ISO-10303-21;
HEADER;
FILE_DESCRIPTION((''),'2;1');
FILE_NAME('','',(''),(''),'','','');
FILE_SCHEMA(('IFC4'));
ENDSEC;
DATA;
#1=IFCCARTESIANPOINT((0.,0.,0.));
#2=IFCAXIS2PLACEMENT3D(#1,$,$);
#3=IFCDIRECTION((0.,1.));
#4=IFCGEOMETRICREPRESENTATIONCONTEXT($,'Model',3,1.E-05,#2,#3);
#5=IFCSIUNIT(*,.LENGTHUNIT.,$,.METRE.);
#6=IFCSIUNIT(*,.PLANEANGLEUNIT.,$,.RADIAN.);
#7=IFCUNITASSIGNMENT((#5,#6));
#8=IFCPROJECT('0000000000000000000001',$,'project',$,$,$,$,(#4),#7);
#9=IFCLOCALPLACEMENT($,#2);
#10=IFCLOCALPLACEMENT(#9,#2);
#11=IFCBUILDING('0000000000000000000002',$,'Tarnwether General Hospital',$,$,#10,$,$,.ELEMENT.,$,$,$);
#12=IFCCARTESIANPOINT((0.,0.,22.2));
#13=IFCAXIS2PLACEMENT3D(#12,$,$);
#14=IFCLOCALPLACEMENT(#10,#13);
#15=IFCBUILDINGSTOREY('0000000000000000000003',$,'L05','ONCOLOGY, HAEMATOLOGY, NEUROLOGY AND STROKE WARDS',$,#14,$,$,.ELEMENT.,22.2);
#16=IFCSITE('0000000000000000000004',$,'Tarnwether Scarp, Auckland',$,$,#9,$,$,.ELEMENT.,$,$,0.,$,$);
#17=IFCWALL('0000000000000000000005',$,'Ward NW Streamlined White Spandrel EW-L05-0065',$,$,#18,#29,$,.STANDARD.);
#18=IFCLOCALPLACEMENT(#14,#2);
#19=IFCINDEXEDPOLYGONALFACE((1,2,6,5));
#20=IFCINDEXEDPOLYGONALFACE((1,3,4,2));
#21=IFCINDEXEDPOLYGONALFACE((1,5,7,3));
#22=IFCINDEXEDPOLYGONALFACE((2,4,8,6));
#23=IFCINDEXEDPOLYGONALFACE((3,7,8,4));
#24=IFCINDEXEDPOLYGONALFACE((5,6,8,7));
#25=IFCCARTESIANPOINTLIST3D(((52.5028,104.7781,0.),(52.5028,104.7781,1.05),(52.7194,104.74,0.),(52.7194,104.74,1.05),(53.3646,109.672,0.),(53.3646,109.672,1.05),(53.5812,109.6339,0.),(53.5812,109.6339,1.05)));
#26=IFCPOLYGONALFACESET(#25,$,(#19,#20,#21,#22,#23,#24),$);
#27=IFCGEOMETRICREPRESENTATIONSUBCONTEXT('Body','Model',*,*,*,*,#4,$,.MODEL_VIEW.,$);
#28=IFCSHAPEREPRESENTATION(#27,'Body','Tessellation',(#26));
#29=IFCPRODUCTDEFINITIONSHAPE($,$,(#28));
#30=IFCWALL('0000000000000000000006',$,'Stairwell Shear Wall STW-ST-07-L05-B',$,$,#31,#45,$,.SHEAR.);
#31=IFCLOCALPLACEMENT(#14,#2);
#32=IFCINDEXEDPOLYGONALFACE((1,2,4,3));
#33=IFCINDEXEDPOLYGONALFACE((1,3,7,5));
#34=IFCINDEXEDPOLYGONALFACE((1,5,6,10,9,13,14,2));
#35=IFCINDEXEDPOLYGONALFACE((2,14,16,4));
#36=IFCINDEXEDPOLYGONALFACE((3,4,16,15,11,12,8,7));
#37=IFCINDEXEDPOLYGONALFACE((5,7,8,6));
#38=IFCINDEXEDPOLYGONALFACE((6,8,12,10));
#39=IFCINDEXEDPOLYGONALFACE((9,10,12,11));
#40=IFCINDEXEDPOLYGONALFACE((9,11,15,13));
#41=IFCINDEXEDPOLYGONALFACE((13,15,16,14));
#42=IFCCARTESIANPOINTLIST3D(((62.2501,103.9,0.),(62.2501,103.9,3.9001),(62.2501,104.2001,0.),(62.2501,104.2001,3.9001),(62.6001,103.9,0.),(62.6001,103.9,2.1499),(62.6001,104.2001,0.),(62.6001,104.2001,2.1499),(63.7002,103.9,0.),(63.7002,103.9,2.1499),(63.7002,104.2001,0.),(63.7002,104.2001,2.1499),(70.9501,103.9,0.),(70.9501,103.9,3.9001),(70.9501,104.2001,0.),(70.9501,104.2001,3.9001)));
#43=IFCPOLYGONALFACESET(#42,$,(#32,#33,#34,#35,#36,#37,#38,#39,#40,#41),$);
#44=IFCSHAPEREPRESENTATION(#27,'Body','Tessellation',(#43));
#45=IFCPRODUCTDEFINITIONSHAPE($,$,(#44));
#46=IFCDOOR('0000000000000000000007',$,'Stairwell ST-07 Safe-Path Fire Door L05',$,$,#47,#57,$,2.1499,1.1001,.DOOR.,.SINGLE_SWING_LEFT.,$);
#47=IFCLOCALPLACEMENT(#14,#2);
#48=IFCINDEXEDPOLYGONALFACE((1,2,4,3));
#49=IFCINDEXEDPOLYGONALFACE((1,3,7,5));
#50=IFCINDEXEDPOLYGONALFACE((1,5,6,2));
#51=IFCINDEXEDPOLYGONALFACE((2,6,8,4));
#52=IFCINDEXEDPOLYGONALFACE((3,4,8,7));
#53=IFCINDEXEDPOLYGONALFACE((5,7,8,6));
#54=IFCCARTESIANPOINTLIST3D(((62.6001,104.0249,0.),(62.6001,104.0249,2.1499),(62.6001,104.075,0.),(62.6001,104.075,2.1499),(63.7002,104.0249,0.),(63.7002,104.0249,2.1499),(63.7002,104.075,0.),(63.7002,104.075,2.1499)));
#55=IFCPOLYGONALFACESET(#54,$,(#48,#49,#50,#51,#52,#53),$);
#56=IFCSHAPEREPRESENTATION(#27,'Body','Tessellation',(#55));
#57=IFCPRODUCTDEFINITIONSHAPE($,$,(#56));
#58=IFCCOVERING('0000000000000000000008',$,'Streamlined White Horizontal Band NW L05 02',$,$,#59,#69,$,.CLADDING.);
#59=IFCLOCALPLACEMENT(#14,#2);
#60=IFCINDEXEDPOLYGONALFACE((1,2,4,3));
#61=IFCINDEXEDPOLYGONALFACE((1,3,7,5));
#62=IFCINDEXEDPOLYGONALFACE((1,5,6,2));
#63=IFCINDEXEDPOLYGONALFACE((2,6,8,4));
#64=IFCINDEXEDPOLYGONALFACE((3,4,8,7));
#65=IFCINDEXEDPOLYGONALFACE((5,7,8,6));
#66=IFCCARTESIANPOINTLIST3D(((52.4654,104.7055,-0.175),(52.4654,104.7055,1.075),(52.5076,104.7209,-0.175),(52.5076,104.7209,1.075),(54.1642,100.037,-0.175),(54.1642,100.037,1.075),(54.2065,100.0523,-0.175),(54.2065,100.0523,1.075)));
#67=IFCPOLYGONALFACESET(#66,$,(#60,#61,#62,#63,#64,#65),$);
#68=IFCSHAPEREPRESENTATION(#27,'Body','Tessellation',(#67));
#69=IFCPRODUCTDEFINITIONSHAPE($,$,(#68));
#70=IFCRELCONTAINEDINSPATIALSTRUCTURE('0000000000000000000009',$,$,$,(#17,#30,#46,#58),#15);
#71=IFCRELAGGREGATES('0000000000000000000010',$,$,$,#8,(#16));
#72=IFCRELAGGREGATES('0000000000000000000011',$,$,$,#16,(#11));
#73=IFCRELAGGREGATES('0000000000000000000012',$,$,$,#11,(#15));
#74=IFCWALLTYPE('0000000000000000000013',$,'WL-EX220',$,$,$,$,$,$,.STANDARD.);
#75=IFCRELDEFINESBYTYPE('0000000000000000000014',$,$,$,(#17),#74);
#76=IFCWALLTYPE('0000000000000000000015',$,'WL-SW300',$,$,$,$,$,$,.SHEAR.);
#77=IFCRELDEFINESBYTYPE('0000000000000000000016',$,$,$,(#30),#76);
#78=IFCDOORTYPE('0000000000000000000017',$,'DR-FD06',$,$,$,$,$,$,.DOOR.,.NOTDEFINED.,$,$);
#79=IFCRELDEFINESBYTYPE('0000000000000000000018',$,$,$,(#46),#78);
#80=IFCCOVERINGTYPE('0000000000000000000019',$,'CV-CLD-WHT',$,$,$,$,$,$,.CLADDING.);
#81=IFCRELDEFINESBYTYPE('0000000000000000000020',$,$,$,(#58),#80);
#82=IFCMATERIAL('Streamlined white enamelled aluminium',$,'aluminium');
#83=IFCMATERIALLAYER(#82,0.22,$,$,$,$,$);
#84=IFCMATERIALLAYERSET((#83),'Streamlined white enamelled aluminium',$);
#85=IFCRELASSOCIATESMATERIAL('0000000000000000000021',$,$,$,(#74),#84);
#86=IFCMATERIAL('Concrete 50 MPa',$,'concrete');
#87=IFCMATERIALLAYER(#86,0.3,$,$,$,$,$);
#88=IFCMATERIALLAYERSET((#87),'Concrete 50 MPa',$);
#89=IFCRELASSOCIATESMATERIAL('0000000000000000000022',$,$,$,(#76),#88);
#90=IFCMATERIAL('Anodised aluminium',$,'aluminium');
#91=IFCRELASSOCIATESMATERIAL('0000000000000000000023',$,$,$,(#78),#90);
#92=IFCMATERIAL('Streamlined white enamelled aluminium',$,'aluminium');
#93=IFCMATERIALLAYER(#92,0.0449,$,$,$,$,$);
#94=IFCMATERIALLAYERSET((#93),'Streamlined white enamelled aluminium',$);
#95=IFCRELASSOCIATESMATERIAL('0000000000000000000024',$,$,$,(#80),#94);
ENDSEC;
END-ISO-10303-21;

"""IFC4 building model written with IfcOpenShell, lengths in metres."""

from ifc_helpers import new_model, si_unit, direction, frame, frame_2d, origin, origin_2d, place, context, subcontext, project, spatial, rectangle, extrude, material, layer, layer_set, type_object, element, fill, save


model = new_model("IFC4")

# Units and contexts
model_context = context("Model", 3, precision=1e-05, world=origin(), true_north=direction((0.0, 1.0)))
body_context = subcontext(model_context, "Body", "Model", "MODEL_VIEW")
ifc_project = project(units=[si_unit("LENGTHUNIT", "METRE"), si_unit("PLANEANGLEUNIT", "RADIAN")], contexts=[model_context])

# Site, building, storey
site_placement = place(None, origin())
site = spatial("IfcSite", under=ifc_project, at=site_placement, Name="Tarnwether Scarp, Auckland", CompositionType="ELEMENT", RefElevation=0.0)
building_placement = place(site_placement, origin())
building = spatial("IfcBuilding", under=site, at=building_placement, Name="Tarnwether General Hospital", CompositionType="ELEMENT")
storey_placement = place(building_placement, frame((0.0, 0.0, 22.2)))
storey = spatial("IfcBuildingStorey", under=building, at=storey_placement, Name="L05", Description="ONCOLOGY, HAEMATOLOGY, NEUROLOGY AND STROKE WARDS", CompositionType="ELEMENT", Elevation=22.2)

# Wall
ifc_material_1 = material(Name="Streamlined white enamelled aluminium", Category="aluminium")
ifc_layer_1 = layer(ifc_material_1, 0.22)
ifc_layer_set_1 = layer_set([ifc_layer_1], Name="Streamlined white enamelled aluminium")
wall_type_1 = type_object("IfcWallType", Name="WL-EX220", PredefinedType="STANDARD", material=ifc_layer_set_1)
wall_1_placement = place(storey_placement, frame((52.6111, 104.759, 0.0), z_axis=(0.0, 0.0, 1.0), x_axis=(0.173427, 0.984847, 0.0)))
element("IfcWall", 1, at=wall_1_placement, inside=storey, type_object=wall_type_1, Name="Ward NW Streamlined White Spandrel EW-L05-0065", PredefinedType="STANDARD", context=body_context, shape_type="SweptSolid", body=[
    extrude(rectangle(XDim=4.9692, YDim=0.22, at=frame_2d((2.4846, 0.0))), origin(), (0.0, 0.0, 1.0), 1.05),
])

# Wall, opening, door
ifc_material_2 = material(Name="Concrete 50 MPa", Category="concrete")
ifc_layer_2 = layer(ifc_material_2, 0.3)
ifc_layer_set_2 = layer_set([ifc_layer_2], Name="Concrete 50 MPa")
wall_type_2 = type_object("IfcWallType", Name="WL-SW300", PredefinedType="SHEAR", material=ifc_layer_set_2)
wall_2_placement = place(storey_placement, frame((62.25, 104.05, 0.0), z_axis=(0.0, 0.0, 1.0), x_axis=(1.0, 0.0, 0.0)))
wall_2 = element("IfcWall", 2, at=wall_2_placement, inside=storey, type_object=wall_type_2, Name="Stairwell Shear Wall STW-ST-07-L05-B", PredefinedType="SHEAR", context=body_context, shape_type="SweptSolid", body=[
    extrude(rectangle(XDim=8.7, YDim=0.3, at=frame_2d((4.3501, 0.0))), origin(), (0.0, 0.0, 1.0), 3.9001),
])
opening_placement = place(wall_2_placement, frame((0.3501, 0.0, 0.0)))
opening = element("IfcOpeningElement", 3, at=opening_placement, cuts=wall_2, PredefinedType="OPENING", context=body_context, shape_type="SweptSolid", body=[
    extrude(rectangle(XDim=1.1001, YDim=2.1499, at=frame_2d((0.55, 1.075))), frame((0.0, 0.1602, 0.0), z_axis=(0.0, -1.0, 0.0), x_axis=(1.0, 0.0, 0.0)), (0.0, 0.0, 1.0), 0.3201),
])
ifc_material_3 = material(Name="Anodised aluminium", Category="aluminium")
door_type = type_object("IfcDoorType", Name="DR-FD06", OperationType="NOTDEFINED", PredefinedType="DOOR", material=ifc_material_3)
door_placement = place(opening_placement, origin())
door = element("IfcDoor", 4, at=door_placement, inside=storey, type_object=door_type, Name="Stairwell ST-07 Safe-Path Fire Door L05", OperationType="SINGLE_SWING_LEFT", OverallHeight=2.1499, OverallWidth=1.1001, PredefinedType="DOOR", context=body_context, shape_type="SweptSolid", body=[
    extrude(rectangle(XDim=1.1001, YDim=2.1499, at=frame_2d((0.55, 1.075))), frame((0.0, 0.0249, 0.0), z_axis=(0.0, -1.0, 0.0), x_axis=(1.0, 0.0, 0.0)), (0.0, 0.0, 1.0), 0.05),
])
fill(opening, door)

# Covering
ifc_material_4 = material(Name="Streamlined white enamelled aluminium", Category="aluminium")
ifc_layer_3 = layer(ifc_material_4, 0.0449)
ifc_layer_set_3 = layer_set([ifc_layer_3], Name="Streamlined white enamelled aluminium")
covering_type = type_object("IfcCoveringType", Name="CV-CLD-WHT", PredefinedType="CLADDING", material=ifc_layer_set_3)
covering_placement = place(storey_placement, frame((53.3359, 102.3789, -0.175), z_axis=(0.0, 0.0, 1.0), x_axis=(-0.341955, 0.939716, 0.0)))
element("IfcCovering", 5, at=covering_placement, inside=storey, type_object=covering_type, Name="Streamlined White Horizontal Band NW L05 02", PredefinedType="CLADDING", context=body_context, shape_type="SweptSolid", body=[
    extrude(rectangle(XDim=4.968, YDim=0.0449, at=origin_2d()), origin(), (0.0, 0.0, 1.0), 1.25),
])

save(model, "model.ifc")
